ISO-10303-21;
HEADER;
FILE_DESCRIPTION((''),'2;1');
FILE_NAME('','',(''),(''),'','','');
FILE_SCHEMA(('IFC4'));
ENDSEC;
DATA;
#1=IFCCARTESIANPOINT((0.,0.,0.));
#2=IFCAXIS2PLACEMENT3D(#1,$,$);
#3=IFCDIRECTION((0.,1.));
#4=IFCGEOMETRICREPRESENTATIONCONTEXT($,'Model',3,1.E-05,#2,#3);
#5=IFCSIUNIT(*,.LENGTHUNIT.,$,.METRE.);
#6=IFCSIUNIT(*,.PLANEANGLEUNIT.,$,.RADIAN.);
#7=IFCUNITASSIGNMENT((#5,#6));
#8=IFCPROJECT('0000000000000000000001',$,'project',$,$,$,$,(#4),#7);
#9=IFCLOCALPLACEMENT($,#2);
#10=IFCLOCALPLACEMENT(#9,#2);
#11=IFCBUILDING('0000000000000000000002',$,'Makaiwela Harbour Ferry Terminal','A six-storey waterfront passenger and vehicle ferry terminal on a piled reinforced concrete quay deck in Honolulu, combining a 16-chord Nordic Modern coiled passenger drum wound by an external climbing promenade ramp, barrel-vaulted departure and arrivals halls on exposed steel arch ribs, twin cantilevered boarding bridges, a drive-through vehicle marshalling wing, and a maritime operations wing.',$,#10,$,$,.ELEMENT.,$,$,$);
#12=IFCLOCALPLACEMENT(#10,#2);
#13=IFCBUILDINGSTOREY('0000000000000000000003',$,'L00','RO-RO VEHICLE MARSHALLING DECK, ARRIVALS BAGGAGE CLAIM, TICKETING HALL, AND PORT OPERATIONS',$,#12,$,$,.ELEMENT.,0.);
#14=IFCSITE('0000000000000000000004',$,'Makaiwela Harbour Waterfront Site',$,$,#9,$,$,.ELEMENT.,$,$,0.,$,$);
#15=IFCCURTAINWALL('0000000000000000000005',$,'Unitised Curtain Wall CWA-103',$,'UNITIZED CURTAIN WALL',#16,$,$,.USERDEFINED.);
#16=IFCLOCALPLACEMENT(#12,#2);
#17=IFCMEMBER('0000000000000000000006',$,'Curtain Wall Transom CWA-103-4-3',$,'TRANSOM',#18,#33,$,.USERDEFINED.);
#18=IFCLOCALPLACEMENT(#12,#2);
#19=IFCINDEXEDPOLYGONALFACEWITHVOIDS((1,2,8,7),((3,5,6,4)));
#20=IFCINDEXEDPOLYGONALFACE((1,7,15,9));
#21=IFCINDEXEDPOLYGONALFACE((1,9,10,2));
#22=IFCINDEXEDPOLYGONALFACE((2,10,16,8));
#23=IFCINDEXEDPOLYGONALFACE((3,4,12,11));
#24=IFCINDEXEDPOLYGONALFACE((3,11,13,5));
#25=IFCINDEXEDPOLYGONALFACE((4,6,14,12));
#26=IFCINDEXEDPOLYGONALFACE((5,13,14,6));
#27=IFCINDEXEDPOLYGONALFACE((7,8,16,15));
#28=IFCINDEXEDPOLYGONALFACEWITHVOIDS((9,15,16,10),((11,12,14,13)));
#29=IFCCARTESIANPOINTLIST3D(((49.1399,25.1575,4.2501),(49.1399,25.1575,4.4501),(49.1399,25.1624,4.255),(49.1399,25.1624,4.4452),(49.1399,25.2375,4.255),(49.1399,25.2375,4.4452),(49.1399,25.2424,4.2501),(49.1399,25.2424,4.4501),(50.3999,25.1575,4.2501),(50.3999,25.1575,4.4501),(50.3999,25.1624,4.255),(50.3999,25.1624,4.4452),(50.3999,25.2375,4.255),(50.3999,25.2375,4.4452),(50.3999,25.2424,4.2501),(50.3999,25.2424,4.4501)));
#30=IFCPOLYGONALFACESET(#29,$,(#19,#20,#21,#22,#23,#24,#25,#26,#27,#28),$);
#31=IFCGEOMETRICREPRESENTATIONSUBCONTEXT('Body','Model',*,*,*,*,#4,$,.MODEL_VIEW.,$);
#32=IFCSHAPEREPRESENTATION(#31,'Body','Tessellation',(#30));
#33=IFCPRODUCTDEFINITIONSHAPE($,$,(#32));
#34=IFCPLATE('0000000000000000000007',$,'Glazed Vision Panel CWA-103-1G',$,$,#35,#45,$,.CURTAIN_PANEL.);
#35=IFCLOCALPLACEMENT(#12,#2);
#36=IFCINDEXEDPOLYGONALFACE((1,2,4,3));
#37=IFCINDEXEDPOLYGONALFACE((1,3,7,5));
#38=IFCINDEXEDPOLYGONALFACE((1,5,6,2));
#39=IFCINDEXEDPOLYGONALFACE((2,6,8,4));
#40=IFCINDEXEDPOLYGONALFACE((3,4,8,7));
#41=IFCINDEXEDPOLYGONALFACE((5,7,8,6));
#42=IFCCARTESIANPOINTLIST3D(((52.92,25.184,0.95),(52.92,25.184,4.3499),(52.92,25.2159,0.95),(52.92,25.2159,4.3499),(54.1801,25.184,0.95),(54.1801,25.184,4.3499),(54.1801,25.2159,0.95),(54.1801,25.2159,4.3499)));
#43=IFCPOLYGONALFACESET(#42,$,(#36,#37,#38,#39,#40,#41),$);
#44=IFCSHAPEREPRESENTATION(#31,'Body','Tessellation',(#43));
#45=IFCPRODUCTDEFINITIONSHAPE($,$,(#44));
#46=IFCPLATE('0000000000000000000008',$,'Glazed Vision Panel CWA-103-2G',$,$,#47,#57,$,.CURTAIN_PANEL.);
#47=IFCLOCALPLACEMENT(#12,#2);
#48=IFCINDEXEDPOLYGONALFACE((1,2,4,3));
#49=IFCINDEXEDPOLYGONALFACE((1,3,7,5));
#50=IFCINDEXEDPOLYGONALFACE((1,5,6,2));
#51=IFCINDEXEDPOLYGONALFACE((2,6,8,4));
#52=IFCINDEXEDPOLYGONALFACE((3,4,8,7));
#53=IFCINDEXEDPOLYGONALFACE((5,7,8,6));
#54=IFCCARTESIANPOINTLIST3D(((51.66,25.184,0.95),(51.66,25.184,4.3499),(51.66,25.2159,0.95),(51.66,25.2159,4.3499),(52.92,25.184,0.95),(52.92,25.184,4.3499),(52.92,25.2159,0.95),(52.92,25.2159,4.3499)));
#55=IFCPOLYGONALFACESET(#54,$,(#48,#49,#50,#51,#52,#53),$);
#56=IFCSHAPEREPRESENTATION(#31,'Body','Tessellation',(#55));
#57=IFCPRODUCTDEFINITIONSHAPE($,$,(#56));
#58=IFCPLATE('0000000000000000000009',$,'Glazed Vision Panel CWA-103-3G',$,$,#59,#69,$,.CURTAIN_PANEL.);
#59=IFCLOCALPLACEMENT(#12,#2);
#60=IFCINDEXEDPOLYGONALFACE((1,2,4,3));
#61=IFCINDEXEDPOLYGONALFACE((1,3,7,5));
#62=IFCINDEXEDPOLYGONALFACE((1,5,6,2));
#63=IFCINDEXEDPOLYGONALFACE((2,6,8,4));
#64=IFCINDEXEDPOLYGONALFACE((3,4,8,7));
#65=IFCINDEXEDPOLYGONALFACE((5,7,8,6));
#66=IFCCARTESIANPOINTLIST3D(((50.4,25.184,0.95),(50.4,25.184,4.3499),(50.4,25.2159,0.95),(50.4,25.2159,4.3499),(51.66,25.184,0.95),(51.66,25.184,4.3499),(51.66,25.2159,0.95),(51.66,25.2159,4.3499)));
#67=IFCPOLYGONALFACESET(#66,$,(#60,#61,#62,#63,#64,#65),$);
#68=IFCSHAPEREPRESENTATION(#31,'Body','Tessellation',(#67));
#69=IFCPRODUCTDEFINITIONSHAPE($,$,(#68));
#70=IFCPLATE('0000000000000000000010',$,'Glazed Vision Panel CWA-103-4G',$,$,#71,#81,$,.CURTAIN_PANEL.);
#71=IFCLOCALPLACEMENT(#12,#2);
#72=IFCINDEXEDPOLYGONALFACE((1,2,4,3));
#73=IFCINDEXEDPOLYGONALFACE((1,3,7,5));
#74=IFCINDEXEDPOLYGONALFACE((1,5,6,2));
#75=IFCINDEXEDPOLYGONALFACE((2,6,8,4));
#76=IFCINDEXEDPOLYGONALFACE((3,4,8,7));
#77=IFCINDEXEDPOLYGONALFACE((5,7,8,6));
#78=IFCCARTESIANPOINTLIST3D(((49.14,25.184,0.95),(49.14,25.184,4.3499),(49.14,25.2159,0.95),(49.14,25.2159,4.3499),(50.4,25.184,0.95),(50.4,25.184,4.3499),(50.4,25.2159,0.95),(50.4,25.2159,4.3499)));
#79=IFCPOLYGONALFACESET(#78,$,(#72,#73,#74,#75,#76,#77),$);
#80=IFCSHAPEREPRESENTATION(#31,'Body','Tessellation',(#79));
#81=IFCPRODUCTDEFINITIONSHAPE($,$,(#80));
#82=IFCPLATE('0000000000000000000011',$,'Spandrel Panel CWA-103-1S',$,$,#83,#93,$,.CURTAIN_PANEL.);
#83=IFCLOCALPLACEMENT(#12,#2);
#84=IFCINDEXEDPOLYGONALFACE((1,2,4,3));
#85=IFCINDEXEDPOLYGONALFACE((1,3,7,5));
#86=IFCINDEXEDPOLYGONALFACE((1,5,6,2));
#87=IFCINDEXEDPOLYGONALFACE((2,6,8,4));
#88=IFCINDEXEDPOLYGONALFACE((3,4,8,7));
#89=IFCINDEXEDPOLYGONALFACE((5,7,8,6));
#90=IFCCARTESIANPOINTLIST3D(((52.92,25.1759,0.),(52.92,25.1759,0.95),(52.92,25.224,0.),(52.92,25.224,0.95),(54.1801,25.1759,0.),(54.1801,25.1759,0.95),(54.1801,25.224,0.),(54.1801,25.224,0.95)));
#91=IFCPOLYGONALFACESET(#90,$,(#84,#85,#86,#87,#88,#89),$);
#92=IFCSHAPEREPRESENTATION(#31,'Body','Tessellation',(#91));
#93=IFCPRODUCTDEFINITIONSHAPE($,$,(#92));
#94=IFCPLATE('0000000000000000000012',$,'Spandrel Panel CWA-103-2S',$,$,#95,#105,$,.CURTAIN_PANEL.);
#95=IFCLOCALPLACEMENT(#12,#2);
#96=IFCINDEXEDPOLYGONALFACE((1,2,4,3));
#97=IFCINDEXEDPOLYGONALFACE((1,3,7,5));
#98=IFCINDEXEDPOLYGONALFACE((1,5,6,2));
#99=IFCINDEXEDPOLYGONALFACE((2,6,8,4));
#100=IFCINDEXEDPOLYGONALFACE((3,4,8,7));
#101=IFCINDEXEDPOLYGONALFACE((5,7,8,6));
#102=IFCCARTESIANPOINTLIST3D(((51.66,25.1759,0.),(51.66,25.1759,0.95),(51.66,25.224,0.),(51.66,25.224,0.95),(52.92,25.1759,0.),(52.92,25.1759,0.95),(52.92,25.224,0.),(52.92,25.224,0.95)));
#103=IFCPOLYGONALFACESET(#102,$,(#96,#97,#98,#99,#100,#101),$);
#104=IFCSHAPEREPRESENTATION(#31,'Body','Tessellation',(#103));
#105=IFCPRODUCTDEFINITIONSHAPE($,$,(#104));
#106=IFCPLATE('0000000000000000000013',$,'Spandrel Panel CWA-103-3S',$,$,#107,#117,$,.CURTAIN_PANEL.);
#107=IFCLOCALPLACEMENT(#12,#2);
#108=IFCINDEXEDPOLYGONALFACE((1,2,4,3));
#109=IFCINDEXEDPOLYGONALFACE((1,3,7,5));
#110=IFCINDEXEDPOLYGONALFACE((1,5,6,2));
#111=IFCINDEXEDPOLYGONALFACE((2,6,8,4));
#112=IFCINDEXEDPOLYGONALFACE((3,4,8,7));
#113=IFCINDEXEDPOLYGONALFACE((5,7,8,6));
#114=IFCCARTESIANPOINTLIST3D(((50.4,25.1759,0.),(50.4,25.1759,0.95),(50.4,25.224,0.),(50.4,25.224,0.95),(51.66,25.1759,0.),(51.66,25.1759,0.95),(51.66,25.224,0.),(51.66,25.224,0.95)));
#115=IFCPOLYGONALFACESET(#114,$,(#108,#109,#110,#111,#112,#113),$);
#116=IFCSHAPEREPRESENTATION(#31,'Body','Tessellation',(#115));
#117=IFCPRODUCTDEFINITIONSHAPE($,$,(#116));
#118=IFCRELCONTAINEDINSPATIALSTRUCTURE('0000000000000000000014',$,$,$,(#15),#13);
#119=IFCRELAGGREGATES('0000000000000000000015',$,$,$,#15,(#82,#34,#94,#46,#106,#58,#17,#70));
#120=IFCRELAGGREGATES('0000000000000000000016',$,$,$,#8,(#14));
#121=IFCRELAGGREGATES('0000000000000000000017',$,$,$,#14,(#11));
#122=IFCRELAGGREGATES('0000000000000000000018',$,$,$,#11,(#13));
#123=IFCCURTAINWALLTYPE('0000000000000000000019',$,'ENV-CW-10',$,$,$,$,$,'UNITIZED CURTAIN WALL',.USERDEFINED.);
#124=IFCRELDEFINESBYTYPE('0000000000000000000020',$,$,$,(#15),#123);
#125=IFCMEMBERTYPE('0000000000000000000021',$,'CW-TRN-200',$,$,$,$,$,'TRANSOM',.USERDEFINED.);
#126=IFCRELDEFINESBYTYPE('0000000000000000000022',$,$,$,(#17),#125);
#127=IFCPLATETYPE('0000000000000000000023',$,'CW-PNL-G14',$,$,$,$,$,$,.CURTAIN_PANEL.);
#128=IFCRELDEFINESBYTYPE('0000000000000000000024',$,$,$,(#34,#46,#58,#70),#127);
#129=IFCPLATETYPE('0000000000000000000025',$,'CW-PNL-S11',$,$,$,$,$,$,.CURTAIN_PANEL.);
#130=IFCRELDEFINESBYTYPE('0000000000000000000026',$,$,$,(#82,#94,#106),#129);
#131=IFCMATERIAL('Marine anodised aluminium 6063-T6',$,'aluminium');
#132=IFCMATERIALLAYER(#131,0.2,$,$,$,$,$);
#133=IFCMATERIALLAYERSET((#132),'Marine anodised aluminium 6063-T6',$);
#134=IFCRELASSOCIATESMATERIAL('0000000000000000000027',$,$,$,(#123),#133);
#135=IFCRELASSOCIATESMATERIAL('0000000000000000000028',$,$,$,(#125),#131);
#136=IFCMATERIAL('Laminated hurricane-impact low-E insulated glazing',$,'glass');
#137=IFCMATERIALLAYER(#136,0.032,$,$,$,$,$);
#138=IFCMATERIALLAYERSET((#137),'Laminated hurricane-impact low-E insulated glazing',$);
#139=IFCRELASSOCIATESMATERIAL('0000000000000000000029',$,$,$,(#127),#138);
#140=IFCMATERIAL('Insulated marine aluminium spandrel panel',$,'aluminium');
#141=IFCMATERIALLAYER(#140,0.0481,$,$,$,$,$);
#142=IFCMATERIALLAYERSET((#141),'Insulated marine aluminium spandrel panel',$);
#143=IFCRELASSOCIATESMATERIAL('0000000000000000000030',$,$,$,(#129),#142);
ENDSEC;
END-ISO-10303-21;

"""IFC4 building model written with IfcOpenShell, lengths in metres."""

from ifc_helpers import new_model, si_unit, direction, frame, origin, origin_2d, place, context, subcontext, project, spatial, rectangle, hollow_rectangle, extrude, material, layer, layer_set, material_profile, profile_set, type_object, element, aggregate, save


model = new_model("IFC4")

# Units and contexts
model_context = context("Model", 3, precision=1e-05, world=origin(), true_north=direction((0.0, 1.0)))
body_context = subcontext(model_context, "Body", "Model", "MODEL_VIEW")
ifc_project = project(units=[si_unit("LENGTHUNIT", "METRE"), si_unit("PLANEANGLEUNIT", "RADIAN")], contexts=[model_context])

# Site, building, storey
site_placement = place(None, origin())
site = spatial("IfcSite", under=ifc_project, at=site_placement, Name="Makaiwela Harbour Waterfront Site", CompositionType="ELEMENT", RefElevation=0.0)
building_placement = place(site_placement, origin())
building = spatial("IfcBuilding", under=site, at=building_placement, Name="Makaiwela Harbour Ferry Terminal", Description="A six-storey waterfront passenger and vehicle ferry terminal on a piled reinforced concrete quay deck in Honolulu, combining a 16-chord Nordic Modern coiled passenger drum wound by an external climbing promenade ramp, barrel-vaulted departure and arrivals halls on exposed steel arch ribs, twin cantilevered boarding bridges, a drive-through vehicle marshalling wing, and a maritime operations wing.", CompositionType="ELEMENT")
storey_placement = place(building_placement, origin())
storey = spatial("IfcBuildingStorey", under=building, at=storey_placement, Name="L00", Description="RO-RO VEHICLE MARSHALLING DECK, ARRIVALS BAGGAGE CLAIM, TICKETING HALL, AND PORT OPERATIONS", CompositionType="ELEMENT", Elevation=0.0)

# Curtain wall, member, plates
ifc_material_1 = material(Name="Marine anodised aluminium 6063-T6", Category="aluminium")
ifc_layer_1 = layer(ifc_material_1, 0.2)
ifc_layer_set_1 = layer_set([ifc_layer_1], Name="Marine anodised aluminium 6063-T6")
curtain_wall_type = type_object("IfcCurtainWallType", Name="ENV-CW-10", ElementType="UNITIZED CURTAIN WALL", PredefinedType="USERDEFINED", material=ifc_layer_set_1)
curtain_wall_placement = place(storey_placement, origin())
curtain_wall = element("IfcCurtainWall", 1, at=curtain_wall_placement, inside=storey, type_object=curtain_wall_type, Name="Unitised Curtain Wall CWA-103", ObjectType="UNITIZED CURTAIN WALL", PredefinedType="USERDEFINED")
ifc_material_profile_1 = material_profile(ifc_material_1, hollow_rectangle(XDim=0.085, YDim=0.2, WallThickness=0.0049, at=origin_2d()), Name="CWT-200X85")
ifc_profile_set_1 = profile_set([ifc_material_profile_1], Name="Marine anodised aluminium 6063-T6")
member_type_1 = type_object("IfcMemberType", Name="CW-TRN-200", ElementType="TRANSOM", PredefinedType="USERDEFINED", material=ifc_profile_set_1)
member_1_placement = place(storey_placement, frame((50.3999, 25.2, 4.3501), z_axis=(-1.0, 0.0, 0.0), x_axis=(0.0, -1.0, 0.0)))
member_1 = element("IfcMember", 2, at=member_1_placement, type_object=member_type_1, Name="Curtain Wall Transom CWA-103-4-3", ObjectType="TRANSOM", PredefinedType="USERDEFINED", context=body_context, shape_type="SweptSolid", body=[
    extrude(hollow_rectangle(XDim=0.085, YDim=0.2, WallThickness=0.0049, at=origin_2d()), origin(), (0.0, 0.0, 1.0), 1.26),
])
ifc_material_2 = material(Name="Laminated hurricane-impact low-E insulated glazing", Category="glass")
ifc_layer_2 = layer(ifc_material_2, 0.032)
ifc_layer_set_2 = layer_set([ifc_layer_2], Name="Laminated hurricane-impact low-E insulated glazing")
plate_type_1 = type_object("IfcPlateType", Name="CW-PNL-G14", PredefinedType="CURTAIN_PANEL", material=ifc_layer_set_2)
plate_1_placement = place(storey_placement, frame((53.55, 25.2, 0.95), z_axis=(0.0, 0.0, 1.0), x_axis=(-1.0, 0.0, 0.0)))
plate_1 = element("IfcPlate", 3, at=plate_1_placement, type_object=plate_type_1, Name="Glazed Vision Panel CWA-103-1G", PredefinedType="CURTAIN_PANEL", context=body_context, shape_type="SweptSolid", body=[
    extrude(rectangle(XDim=1.26, YDim=0.032, at=origin_2d()), origin(), (0.0, 0.0, 1.0), 3.3999),
])
plate_2_placement = place(storey_placement, frame((52.29, 25.2, 0.95), z_axis=(0.0, 0.0, 1.0), x_axis=(-1.0, 0.0, 0.0)))
plate_2 = element("IfcPlate", 4, at=plate_2_placement, type_object=plate_type_1, Name="Glazed Vision Panel CWA-103-2G", PredefinedType="CURTAIN_PANEL", context=body_context, shape_type="SweptSolid", body=[
    extrude(rectangle(XDim=1.26, YDim=0.032, at=origin_2d()), origin(), (0.0, 0.0, 1.0), 3.3999),
])
plate_3_placement = place(storey_placement, frame((51.03, 25.2, 0.95), z_axis=(0.0, 0.0, 1.0), x_axis=(-1.0, 0.0, 0.0)))
plate_3 = element("IfcPlate", 5, at=plate_3_placement, type_object=plate_type_1, Name="Glazed Vision Panel CWA-103-3G", PredefinedType="CURTAIN_PANEL", context=body_context, shape_type="SweptSolid", body=[
    extrude(rectangle(XDim=1.26, YDim=0.032, at=origin_2d()), origin(), (0.0, 0.0, 1.0), 3.3999),
])
plate_4_placement = place(storey_placement, frame((49.77, 25.2, 0.95), z_axis=(0.0, 0.0, 1.0), x_axis=(-1.0, 0.0, 0.0)))
plate_4 = element("IfcPlate", 6, at=plate_4_placement, type_object=plate_type_1, Name="Glazed Vision Panel CWA-103-4G", PredefinedType="CURTAIN_PANEL", context=body_context, shape_type="SweptSolid", body=[
    extrude(rectangle(XDim=1.26, YDim=0.032, at=origin_2d()), origin(), (0.0, 0.0, 1.0), 3.3999),
])
ifc_material_3 = material(Name="Insulated marine aluminium spandrel panel", Category="aluminium")
ifc_layer_3 = layer(ifc_material_3, 0.0481)
ifc_layer_set_3 = layer_set([ifc_layer_3], Name="Insulated marine aluminium spandrel panel")
plate_type_2 = type_object("IfcPlateType", Name="CW-PNL-S11", PredefinedType="CURTAIN_PANEL", material=ifc_layer_set_3)
plate_5_placement = place(storey_placement, frame((53.55, 25.2, 0.0), z_axis=(0.0, 0.0, 1.0), x_axis=(-1.0, 0.0, 0.0)))
plate_5 = element("IfcPlate", 7, at=plate_5_placement, type_object=plate_type_2, Name="Spandrel Panel CWA-103-1S", PredefinedType="CURTAIN_PANEL", context=body_context, shape_type="SweptSolid", body=[
    extrude(rectangle(XDim=1.26, YDim=0.0481, at=origin_2d()), origin(), (0.0, 0.0, 1.0), 0.95),
])
plate_6_placement = place(storey_placement, frame((52.29, 25.2, 0.0), z_axis=(0.0, 0.0, 1.0), x_axis=(-1.0, 0.0, 0.0)))
plate_6 = element("IfcPlate", 8, at=plate_6_placement, type_object=plate_type_2, Name="Spandrel Panel CWA-103-2S", PredefinedType="CURTAIN_PANEL", context=body_context, shape_type="SweptSolid", body=[
    extrude(rectangle(XDim=1.26, YDim=0.0481, at=origin_2d()), origin(), (0.0, 0.0, 1.0), 0.95),
])
plate_7_placement = place(storey_placement, frame((51.03, 25.2, 0.0), z_axis=(0.0, 0.0, 1.0), x_axis=(-1.0, 0.0, 0.0)))
plate_7 = element("IfcPlate", 9, at=plate_7_placement, type_object=plate_type_2, Name="Spandrel Panel CWA-103-3S", PredefinedType="CURTAIN_PANEL", context=body_context, shape_type="SweptSolid", body=[
    extrude(rectangle(XDim=1.26, YDim=0.0481, at=origin_2d()), origin(), (0.0, 0.0, 1.0), 0.95),
])
aggregate(curtain_wall, [plate_5, plate_1, plate_6, plate_2, plate_7, plate_3, member_1, plate_4])

save(model, "model.ifc")
